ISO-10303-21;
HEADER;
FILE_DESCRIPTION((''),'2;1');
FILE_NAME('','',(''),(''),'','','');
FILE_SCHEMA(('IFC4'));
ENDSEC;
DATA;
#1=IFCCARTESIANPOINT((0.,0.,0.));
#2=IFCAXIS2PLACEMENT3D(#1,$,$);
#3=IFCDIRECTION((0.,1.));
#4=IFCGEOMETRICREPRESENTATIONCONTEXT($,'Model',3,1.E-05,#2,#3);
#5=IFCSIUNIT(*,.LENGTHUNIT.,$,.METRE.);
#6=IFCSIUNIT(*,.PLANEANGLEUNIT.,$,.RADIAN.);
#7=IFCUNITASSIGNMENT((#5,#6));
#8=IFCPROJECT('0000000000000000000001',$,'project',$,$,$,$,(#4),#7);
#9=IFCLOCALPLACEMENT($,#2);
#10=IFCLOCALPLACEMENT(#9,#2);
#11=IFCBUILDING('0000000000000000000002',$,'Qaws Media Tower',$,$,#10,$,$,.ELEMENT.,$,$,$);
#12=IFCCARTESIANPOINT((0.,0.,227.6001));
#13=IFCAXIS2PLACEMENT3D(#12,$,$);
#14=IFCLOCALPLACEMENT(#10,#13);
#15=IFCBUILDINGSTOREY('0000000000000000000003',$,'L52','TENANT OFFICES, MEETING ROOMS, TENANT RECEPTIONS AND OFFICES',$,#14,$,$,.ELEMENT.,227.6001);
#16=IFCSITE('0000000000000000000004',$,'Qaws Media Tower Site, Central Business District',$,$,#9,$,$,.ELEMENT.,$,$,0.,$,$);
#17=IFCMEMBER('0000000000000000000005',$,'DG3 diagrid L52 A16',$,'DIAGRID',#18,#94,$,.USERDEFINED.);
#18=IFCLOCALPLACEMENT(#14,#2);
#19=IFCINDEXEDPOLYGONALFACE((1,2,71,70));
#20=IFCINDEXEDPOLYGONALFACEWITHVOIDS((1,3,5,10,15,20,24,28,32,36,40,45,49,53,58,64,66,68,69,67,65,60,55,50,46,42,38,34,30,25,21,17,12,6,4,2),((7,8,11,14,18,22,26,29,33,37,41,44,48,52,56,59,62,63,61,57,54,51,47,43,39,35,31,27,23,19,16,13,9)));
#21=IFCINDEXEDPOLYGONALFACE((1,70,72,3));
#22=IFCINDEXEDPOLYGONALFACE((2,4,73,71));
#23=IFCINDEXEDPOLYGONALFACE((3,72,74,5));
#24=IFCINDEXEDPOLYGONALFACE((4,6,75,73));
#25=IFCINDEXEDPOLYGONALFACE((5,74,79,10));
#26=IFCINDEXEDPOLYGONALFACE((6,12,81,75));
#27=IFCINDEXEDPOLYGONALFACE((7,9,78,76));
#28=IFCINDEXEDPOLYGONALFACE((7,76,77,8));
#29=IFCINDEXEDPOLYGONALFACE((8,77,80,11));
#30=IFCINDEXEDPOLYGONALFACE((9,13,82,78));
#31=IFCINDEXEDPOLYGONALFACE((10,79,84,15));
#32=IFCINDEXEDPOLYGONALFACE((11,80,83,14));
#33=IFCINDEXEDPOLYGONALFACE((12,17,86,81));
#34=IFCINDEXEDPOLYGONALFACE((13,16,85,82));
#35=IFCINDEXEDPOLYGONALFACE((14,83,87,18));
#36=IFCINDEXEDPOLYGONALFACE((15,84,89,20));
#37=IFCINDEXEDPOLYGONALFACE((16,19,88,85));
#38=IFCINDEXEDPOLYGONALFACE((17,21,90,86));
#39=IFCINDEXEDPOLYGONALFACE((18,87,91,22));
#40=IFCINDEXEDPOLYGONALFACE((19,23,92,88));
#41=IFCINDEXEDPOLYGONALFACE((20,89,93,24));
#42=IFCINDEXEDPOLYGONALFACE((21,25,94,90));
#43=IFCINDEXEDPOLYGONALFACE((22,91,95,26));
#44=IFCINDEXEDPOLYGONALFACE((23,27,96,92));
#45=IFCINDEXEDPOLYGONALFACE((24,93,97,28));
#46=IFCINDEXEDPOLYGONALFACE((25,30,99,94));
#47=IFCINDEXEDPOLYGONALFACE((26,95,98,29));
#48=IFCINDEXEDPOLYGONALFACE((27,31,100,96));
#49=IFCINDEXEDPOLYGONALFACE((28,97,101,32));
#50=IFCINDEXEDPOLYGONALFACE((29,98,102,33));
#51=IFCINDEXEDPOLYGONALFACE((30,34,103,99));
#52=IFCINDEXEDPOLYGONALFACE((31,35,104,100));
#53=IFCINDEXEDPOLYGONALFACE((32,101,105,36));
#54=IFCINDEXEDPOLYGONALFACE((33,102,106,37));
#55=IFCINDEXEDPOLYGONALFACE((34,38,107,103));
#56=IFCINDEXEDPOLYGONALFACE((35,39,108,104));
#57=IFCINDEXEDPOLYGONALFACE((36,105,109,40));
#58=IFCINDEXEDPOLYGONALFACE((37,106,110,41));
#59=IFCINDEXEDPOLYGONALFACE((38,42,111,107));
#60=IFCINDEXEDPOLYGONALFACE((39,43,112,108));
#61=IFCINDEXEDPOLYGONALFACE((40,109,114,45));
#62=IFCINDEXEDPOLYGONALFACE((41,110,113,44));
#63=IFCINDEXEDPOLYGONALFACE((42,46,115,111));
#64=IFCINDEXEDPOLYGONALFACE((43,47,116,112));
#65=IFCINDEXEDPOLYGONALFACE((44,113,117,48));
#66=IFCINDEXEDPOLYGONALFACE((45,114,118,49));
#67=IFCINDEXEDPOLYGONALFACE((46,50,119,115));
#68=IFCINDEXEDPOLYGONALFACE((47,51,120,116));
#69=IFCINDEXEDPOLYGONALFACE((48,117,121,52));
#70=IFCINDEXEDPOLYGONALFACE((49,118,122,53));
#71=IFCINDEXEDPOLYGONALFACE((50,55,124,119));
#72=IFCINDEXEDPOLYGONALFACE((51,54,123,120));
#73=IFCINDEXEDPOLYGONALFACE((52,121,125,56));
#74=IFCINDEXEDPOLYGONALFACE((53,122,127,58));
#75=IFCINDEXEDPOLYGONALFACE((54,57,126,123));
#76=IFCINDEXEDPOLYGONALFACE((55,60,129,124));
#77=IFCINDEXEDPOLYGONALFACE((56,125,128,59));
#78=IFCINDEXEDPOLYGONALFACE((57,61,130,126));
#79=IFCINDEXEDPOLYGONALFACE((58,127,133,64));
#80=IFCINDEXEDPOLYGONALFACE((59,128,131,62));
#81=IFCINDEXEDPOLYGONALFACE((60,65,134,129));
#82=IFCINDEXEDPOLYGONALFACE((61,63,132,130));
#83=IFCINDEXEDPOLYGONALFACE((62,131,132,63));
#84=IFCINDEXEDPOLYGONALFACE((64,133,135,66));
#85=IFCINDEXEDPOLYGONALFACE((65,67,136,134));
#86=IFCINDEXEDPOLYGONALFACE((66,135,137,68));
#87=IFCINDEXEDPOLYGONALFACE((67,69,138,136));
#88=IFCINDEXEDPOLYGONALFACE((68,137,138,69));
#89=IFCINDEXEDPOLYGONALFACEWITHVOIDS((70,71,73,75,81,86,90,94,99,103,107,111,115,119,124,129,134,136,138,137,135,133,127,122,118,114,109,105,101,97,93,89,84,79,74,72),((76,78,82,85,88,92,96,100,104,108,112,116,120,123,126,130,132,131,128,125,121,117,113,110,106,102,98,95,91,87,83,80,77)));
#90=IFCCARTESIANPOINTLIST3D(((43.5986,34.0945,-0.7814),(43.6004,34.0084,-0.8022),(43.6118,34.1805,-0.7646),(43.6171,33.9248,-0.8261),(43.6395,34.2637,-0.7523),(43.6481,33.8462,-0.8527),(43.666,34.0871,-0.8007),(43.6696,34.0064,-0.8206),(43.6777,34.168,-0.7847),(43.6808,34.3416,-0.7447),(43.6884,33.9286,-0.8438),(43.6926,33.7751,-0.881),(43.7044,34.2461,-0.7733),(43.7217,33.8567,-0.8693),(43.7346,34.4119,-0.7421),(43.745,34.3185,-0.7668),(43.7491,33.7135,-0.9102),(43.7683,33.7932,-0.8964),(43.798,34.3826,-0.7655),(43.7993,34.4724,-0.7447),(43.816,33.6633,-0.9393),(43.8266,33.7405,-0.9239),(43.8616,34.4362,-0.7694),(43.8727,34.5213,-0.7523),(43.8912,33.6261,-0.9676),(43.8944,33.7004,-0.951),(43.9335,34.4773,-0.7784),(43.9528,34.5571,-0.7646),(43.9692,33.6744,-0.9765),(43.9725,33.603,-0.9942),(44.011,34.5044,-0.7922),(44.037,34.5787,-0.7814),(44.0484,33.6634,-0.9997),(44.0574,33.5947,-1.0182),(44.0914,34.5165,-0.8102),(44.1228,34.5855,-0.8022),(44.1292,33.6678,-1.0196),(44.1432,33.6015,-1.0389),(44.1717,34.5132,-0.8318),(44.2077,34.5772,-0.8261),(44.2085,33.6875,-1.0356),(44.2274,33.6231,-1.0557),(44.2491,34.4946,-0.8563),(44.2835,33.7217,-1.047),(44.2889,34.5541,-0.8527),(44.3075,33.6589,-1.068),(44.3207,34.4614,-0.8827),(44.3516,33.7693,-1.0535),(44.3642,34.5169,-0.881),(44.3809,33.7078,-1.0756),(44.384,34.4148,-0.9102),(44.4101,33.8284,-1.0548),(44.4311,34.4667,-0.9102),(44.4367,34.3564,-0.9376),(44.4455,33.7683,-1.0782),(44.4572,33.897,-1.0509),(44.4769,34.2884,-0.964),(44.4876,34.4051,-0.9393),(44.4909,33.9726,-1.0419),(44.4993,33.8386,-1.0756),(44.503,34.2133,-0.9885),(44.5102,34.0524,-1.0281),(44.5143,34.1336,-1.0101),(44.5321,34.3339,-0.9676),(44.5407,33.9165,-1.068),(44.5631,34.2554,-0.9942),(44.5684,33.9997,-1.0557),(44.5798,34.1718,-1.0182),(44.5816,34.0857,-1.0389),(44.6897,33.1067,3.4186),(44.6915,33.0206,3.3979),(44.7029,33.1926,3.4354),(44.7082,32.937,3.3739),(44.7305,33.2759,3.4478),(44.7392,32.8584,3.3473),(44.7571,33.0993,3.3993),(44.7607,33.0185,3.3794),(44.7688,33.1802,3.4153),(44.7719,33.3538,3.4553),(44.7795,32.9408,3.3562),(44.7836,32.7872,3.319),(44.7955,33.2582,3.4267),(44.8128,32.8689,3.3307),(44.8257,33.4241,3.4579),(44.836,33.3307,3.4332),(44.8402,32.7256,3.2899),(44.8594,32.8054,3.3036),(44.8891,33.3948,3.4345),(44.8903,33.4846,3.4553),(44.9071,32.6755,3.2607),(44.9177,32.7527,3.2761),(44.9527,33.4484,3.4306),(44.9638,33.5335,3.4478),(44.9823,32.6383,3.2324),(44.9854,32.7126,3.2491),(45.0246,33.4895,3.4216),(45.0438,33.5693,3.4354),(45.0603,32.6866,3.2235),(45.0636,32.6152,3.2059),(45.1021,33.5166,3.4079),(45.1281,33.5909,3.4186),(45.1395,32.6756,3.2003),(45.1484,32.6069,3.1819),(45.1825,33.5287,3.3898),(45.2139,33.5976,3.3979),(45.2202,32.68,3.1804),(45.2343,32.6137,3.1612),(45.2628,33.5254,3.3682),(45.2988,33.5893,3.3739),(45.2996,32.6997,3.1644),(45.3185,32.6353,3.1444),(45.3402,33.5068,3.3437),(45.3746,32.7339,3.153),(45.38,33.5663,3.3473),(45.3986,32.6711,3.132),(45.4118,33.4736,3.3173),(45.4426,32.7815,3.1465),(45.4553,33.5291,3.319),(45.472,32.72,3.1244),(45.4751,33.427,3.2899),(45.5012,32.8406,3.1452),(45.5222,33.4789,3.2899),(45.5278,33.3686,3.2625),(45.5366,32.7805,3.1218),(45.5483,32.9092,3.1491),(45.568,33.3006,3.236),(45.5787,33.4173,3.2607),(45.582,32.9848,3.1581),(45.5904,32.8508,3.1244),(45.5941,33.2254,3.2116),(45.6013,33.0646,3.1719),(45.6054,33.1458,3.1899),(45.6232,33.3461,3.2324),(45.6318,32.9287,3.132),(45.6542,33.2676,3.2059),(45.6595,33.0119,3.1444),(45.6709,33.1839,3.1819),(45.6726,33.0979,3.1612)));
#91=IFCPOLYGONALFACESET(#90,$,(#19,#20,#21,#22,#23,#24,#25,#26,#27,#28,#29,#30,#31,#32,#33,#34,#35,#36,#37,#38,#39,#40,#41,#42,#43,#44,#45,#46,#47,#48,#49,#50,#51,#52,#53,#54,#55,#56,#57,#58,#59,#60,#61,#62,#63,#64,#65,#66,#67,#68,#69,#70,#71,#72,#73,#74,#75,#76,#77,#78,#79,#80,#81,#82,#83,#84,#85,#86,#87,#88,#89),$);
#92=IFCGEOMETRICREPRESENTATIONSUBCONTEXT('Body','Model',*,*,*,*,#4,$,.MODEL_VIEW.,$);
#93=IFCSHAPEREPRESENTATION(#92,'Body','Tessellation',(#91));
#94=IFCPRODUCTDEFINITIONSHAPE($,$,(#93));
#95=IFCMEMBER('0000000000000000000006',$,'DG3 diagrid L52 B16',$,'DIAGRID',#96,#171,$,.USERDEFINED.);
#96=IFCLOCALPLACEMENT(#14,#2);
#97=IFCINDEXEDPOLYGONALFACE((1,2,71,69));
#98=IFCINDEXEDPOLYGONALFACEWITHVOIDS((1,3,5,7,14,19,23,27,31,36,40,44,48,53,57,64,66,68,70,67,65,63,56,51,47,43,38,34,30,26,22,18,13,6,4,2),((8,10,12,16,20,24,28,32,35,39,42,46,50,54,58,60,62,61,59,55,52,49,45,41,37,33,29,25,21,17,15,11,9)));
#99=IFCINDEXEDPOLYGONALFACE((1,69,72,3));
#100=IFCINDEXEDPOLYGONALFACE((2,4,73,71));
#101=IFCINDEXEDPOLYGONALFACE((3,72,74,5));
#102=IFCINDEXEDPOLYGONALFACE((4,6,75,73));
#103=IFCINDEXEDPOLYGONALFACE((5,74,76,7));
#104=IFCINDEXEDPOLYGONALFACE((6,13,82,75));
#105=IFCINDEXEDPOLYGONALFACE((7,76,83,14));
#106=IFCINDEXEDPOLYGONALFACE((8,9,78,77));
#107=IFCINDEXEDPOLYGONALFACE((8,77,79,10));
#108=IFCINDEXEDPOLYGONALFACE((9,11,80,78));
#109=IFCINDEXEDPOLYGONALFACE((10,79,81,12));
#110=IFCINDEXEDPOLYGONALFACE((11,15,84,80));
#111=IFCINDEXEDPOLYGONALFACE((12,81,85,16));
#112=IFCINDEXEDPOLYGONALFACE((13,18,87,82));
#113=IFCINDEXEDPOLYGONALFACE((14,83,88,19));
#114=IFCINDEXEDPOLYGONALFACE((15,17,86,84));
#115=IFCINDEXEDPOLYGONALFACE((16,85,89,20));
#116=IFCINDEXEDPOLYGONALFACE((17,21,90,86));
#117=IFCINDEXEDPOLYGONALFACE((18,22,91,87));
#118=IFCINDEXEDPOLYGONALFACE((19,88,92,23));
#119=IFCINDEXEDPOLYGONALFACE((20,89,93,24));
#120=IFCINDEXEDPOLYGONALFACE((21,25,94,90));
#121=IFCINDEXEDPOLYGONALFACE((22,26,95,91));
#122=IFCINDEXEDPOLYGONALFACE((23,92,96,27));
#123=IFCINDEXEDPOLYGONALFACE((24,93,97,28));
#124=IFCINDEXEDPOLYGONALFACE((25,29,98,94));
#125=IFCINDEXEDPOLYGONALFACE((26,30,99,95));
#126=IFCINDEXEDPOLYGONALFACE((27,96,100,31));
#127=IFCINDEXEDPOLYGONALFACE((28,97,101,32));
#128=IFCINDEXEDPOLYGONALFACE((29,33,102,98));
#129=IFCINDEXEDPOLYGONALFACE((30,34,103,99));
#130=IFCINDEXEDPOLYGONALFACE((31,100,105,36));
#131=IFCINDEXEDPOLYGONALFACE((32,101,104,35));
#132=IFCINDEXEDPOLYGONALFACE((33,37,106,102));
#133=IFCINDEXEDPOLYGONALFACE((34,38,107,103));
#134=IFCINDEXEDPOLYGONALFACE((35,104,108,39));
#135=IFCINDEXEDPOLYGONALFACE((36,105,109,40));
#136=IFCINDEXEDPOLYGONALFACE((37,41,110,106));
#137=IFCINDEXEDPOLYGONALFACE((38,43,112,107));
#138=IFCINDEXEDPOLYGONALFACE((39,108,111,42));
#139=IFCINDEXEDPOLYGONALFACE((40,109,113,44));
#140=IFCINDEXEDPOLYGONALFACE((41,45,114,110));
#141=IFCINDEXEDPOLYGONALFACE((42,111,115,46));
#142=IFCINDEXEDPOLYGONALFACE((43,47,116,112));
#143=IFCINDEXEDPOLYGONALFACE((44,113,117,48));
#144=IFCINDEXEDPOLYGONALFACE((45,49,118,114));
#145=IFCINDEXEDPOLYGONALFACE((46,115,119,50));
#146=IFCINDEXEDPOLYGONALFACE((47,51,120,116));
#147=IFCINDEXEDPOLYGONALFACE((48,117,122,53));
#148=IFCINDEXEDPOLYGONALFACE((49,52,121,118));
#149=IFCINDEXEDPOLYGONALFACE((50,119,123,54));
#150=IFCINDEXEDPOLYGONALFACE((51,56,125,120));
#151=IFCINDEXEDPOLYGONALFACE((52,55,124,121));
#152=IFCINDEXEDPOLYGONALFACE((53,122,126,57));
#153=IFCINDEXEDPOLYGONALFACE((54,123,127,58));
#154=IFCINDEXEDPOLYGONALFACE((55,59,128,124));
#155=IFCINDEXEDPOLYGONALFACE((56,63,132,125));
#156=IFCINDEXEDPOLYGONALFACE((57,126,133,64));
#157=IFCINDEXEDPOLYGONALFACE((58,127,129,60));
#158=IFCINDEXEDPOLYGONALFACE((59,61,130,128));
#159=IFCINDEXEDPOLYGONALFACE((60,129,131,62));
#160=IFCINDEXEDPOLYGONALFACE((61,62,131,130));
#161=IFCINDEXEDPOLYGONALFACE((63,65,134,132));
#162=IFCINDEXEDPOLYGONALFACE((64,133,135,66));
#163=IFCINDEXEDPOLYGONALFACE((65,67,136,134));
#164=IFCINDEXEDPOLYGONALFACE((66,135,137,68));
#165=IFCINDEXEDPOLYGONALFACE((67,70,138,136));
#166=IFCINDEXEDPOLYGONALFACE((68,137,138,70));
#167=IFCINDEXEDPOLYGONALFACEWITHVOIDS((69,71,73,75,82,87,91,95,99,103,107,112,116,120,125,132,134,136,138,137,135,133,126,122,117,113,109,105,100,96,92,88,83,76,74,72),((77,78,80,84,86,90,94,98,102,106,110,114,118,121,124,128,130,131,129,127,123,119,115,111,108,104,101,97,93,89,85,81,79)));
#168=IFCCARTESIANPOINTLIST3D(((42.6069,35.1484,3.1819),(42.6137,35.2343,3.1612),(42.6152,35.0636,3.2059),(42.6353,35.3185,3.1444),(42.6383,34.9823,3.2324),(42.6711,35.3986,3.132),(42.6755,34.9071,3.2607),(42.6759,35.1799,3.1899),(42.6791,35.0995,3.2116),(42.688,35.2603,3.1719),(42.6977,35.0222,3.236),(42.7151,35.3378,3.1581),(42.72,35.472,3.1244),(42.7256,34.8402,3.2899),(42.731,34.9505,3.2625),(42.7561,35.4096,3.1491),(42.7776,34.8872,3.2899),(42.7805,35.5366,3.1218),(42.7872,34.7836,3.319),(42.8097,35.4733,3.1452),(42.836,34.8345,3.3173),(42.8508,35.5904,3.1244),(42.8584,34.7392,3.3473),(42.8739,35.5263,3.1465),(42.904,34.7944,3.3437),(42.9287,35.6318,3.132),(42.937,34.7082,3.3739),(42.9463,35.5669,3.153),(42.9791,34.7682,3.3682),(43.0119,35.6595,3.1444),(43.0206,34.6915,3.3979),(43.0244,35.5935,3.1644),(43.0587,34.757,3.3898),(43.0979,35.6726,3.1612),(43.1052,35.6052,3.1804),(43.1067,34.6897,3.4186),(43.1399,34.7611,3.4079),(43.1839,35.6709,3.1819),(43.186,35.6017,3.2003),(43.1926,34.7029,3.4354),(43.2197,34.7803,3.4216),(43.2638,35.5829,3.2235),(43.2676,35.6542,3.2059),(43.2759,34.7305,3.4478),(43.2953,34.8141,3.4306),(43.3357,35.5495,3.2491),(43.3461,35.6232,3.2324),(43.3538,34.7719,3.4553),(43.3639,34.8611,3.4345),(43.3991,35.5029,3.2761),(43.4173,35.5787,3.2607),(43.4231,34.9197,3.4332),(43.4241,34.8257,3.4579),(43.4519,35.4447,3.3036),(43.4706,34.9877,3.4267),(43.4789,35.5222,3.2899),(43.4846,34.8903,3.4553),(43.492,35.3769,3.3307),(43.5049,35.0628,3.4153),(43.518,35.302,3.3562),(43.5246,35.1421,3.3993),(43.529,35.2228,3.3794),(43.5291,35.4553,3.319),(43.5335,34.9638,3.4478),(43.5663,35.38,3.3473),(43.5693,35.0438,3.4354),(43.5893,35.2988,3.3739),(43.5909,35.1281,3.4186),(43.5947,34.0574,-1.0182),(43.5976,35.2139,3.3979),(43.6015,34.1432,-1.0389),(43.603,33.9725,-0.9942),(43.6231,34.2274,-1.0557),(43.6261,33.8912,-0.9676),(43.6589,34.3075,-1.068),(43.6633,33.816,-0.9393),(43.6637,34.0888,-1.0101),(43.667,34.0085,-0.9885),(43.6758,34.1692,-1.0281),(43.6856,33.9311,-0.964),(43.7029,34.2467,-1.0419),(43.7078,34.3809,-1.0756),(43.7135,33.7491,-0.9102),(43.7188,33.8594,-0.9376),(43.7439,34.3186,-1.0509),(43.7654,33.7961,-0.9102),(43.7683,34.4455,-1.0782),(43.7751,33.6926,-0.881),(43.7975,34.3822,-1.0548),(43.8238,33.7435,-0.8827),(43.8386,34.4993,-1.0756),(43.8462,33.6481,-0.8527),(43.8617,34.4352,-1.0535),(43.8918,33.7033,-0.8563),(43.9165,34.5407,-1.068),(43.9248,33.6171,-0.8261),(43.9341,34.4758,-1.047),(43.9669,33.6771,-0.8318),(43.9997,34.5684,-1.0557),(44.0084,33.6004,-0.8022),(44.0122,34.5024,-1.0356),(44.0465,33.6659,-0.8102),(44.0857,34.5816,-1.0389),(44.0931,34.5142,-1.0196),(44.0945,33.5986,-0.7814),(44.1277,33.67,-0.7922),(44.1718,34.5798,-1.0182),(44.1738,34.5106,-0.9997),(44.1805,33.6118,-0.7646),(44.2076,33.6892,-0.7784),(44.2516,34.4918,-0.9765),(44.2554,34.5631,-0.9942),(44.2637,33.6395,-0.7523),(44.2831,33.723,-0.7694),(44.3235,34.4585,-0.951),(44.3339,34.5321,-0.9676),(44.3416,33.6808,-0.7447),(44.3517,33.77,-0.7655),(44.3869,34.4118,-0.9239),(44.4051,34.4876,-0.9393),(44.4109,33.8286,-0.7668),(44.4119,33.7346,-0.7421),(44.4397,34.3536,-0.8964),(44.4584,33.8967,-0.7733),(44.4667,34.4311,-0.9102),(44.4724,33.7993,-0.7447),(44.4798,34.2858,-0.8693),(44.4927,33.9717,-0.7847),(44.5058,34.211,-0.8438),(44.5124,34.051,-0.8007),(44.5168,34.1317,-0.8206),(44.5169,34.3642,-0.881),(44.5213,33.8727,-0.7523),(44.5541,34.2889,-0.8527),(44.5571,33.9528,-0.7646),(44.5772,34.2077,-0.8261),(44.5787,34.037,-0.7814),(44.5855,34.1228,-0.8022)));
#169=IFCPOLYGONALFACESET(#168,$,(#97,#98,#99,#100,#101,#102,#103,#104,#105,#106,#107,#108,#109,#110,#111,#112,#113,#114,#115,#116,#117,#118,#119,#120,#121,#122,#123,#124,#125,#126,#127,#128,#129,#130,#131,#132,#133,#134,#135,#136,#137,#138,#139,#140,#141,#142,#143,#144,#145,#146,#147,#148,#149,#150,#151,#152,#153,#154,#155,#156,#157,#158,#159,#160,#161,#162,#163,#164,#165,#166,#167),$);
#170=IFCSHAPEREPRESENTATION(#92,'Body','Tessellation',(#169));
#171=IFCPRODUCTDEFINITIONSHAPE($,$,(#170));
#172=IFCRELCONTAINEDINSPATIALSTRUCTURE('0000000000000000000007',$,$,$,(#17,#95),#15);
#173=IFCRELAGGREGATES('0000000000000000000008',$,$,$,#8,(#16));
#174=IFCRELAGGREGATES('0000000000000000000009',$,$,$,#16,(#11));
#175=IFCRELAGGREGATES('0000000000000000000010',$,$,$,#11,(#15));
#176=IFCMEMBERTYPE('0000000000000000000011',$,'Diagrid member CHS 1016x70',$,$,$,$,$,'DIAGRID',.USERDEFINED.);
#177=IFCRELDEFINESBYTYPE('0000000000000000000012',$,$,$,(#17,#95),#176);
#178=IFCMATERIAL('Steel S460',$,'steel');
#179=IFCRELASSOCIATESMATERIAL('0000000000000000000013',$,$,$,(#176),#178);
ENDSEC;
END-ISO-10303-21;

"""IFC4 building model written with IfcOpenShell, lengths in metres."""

from ifc_helpers import new_model, si_unit, direction, frame, origin, origin_2d, place, context, subcontext, project, spatial, hollow_circle, extrude, material, material_profile, profile_set, type_object, element, save


model = new_model("IFC4")

# Units and contexts
model_context = context("Model", 3, precision=1e-05, world=origin(), true_north=direction((0.0, 1.0)))
body_context = subcontext(model_context, "Body", "Model", "MODEL_VIEW")
ifc_project = project(units=[si_unit("LENGTHUNIT", "METRE"), si_unit("PLANEANGLEUNIT", "RADIAN")], contexts=[model_context])

# Site, building, storey
site_placement = place(None, origin())
site = spatial("IfcSite", under=ifc_project, at=site_placement, Name="Qaws Media Tower Site, Central Business District", CompositionType="ELEMENT", RefElevation=0.0)
building_placement = place(site_placement, origin())
building = spatial("IfcBuilding", under=site, at=building_placement, Name="Qaws Media Tower", CompositionType="ELEMENT")
storey_placement = place(building_placement, frame((0.0, 0.0, 227.6001)))
storey = spatial("IfcBuildingStorey", under=building, at=storey_placement, Name="L52", Description="TENANT OFFICES, MEETING ROOMS, TENANT RECEPTIONS AND OFFICES", CompositionType="ELEMENT", Elevation=227.6001)

# Members
ifc_material_1 = material(Name="Steel S460", Category="steel")
ifc_material_profile_1 = material_profile(ifc_material_1, hollow_circle(Radius=0.5081, WallThickness=0.0701, at=origin_2d()), Name="CHS 1016x70")
ifc_profile_set_1 = profile_set([ifc_material_profile_1], Name="Steel S460")
member_type_1 = type_object("IfcMemberType", Name="Diagrid member CHS 1016x70", ElementType="DIAGRID", PredefinedType="USERDEFINED", material=ifc_profile_set_1)
for number, where, z_axis, x_axis, name in (
    (1, (44.0901, 34.0901, -0.9102), (0.245163, -0.221958, 0.943732), (0.671152, 0.74132, 0.0), "DG3 diagrid L52 A16"),
    (2, (44.0901, 34.0901, -0.9102), (-0.221958, 0.245163, 0.943732), (-0.74132, -0.671152, 0.0), "DG3 diagrid L52 B16"),
):
    element("IfcMember", number, at=place(storey_placement, frame(where, z_axis=z_axis, x_axis=x_axis)), inside=storey, type_object=member_type_1, Name=name, ObjectType="DIAGRID", PredefinedType="USERDEFINED", context=body_context, shape_type="SweptSolid", body=[
        extrude(hollow_circle(Radius=0.5081, WallThickness=0.0701, at=origin_2d()), origin(), (0.0, 0.0, 1.0), 4.4504),
    ])

save(model, "model.ifc")
